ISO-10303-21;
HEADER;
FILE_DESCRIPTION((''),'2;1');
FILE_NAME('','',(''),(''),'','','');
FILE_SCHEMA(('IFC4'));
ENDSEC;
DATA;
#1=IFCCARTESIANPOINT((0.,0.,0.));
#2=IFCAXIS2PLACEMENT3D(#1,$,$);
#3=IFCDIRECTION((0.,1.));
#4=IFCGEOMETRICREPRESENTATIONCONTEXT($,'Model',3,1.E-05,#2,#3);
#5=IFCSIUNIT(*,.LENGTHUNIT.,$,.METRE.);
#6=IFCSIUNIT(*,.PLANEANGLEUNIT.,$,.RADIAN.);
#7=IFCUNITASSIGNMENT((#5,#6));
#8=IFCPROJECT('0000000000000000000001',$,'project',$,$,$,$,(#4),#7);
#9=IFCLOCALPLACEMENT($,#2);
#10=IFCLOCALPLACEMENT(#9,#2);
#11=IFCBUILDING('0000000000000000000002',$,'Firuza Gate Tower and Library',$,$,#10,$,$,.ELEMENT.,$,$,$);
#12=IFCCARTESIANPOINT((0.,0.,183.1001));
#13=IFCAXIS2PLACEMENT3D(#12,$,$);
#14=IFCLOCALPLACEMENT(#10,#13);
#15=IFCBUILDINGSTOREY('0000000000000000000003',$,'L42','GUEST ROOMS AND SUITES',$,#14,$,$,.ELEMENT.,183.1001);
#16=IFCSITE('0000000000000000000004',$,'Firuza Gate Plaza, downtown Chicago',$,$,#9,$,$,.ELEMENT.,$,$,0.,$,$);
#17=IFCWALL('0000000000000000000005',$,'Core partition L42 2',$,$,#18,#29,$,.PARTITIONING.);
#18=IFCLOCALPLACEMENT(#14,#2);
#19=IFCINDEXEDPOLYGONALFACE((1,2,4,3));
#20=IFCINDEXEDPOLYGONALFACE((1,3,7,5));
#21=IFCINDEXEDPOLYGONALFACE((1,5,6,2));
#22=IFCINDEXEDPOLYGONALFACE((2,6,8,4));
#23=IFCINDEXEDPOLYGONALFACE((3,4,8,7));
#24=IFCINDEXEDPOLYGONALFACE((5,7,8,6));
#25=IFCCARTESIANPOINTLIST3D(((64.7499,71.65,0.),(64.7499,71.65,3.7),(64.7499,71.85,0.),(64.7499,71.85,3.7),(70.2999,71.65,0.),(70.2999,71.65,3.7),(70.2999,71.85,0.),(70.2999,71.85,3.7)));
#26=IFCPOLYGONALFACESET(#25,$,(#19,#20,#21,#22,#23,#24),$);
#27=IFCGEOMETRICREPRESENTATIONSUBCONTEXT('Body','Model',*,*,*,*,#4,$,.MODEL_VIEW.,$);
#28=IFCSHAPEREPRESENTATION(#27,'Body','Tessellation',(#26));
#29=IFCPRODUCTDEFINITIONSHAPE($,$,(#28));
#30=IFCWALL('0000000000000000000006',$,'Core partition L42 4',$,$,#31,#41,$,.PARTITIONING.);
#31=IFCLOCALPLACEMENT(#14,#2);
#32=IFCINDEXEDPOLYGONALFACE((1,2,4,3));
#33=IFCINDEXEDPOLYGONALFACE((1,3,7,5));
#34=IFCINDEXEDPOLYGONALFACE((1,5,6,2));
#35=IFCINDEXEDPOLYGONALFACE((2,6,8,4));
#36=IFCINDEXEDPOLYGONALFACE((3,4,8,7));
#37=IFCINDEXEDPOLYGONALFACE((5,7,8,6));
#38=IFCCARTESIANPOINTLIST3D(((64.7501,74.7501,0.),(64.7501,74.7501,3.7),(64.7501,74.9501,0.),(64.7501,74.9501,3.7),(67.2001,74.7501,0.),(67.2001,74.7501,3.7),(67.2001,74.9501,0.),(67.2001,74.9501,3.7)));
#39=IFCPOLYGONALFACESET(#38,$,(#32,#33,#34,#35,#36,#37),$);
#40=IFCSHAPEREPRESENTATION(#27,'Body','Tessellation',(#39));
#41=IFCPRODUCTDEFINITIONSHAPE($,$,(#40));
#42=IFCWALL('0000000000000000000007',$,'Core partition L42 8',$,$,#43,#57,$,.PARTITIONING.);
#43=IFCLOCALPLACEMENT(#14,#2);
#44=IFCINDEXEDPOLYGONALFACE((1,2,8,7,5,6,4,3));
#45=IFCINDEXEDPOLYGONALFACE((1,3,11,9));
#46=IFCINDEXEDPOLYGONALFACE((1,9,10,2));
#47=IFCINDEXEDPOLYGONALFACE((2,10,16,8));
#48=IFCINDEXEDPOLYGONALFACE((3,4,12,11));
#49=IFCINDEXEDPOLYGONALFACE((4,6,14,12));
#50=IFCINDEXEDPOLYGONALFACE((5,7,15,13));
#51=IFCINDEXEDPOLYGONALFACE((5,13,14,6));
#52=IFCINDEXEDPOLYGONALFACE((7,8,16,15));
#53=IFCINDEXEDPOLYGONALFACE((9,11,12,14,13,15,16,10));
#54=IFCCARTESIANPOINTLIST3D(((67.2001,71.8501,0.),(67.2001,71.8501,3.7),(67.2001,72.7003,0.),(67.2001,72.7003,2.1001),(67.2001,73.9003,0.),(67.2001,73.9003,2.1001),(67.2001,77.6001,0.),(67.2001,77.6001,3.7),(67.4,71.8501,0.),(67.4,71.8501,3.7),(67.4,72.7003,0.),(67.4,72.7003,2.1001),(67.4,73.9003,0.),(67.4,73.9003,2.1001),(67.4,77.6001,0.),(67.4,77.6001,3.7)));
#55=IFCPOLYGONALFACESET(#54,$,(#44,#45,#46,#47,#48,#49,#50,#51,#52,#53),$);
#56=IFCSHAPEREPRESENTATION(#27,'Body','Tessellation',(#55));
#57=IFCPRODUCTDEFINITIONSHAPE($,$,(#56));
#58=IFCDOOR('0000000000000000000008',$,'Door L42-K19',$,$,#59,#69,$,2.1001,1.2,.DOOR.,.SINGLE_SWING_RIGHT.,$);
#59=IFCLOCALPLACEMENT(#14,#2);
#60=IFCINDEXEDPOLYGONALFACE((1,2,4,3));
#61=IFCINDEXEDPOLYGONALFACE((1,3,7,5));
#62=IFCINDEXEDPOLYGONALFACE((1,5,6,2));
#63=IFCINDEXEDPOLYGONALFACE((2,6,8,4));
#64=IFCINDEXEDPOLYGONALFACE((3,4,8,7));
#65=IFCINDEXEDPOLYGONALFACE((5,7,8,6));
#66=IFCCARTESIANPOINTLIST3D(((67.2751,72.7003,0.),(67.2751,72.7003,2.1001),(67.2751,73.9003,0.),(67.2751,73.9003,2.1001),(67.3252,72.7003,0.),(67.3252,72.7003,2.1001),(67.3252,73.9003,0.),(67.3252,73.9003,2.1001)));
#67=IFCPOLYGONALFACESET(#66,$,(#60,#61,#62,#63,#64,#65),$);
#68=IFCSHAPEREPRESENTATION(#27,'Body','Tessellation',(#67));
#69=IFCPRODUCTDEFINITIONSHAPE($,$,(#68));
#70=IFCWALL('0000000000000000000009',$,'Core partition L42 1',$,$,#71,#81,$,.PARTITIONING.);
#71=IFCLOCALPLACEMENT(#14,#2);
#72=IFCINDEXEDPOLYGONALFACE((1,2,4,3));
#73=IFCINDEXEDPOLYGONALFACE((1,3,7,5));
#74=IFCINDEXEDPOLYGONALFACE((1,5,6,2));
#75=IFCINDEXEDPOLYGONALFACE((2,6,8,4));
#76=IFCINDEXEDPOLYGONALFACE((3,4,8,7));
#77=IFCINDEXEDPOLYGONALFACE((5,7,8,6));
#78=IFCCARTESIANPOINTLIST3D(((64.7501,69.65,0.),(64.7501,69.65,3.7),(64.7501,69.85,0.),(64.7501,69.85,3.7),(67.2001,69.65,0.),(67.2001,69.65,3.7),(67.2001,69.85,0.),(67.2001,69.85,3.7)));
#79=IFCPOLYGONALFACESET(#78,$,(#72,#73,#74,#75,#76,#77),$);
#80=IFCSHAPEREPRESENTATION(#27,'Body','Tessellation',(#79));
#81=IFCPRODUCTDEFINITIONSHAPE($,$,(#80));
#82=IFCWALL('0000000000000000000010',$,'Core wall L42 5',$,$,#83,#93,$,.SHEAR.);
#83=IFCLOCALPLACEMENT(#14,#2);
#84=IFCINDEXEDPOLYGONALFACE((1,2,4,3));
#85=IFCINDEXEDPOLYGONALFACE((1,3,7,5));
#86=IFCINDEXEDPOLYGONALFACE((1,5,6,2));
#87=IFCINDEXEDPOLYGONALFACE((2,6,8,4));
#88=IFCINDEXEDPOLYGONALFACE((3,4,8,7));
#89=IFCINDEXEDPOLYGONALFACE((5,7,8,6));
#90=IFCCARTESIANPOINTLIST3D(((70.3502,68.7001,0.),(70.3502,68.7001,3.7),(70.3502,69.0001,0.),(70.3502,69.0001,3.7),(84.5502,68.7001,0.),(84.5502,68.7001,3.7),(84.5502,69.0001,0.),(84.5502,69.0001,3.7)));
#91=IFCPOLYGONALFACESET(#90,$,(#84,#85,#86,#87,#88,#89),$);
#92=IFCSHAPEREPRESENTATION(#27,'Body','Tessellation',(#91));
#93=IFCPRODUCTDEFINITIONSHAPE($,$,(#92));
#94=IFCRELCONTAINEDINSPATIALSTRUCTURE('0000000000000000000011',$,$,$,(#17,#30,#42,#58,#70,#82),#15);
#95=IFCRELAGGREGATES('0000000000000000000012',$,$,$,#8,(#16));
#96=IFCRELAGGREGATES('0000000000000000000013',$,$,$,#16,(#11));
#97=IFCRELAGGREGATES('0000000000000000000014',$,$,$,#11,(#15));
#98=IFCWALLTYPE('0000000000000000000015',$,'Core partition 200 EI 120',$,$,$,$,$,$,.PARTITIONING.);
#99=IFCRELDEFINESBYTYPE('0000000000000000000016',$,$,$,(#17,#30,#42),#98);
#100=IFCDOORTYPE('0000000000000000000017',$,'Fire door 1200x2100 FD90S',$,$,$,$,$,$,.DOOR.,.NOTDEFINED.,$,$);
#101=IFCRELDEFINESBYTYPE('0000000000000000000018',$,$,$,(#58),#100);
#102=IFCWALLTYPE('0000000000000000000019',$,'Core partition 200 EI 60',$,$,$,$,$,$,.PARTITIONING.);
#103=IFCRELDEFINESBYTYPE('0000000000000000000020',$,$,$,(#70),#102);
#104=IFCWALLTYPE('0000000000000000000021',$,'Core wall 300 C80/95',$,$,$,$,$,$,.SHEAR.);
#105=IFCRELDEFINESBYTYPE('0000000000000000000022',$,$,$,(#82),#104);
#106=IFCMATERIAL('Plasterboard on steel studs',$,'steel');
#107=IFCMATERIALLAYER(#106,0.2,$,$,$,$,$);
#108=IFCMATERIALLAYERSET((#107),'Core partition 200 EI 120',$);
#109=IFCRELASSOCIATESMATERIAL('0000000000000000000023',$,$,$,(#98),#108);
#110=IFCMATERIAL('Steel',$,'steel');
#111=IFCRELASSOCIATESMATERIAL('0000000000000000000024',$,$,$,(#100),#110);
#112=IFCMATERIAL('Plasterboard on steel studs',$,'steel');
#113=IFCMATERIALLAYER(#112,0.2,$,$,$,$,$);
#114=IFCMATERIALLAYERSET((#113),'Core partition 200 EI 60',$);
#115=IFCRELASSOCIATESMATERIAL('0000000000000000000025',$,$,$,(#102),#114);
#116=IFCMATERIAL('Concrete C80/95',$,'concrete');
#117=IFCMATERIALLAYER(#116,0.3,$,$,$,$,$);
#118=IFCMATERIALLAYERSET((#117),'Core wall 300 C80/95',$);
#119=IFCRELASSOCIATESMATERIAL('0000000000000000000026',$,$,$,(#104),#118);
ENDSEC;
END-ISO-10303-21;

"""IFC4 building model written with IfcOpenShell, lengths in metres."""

from ifc_helpers import new_model, si_unit, direction, frame, frame_2d, origin, place, context, subcontext, project, spatial, rectangle, extrude, material, layer, layer_set, type_object, element, fill, save


model = new_model("IFC4")

# Units and contexts
model_context = context("Model", 3, precision=1e-05, world=origin(), true_north=direction((0.0, 1.0)))
body_context = subcontext(model_context, "Body", "Model", "MODEL_VIEW")
ifc_project = project(units=[si_unit("LENGTHUNIT", "METRE"), si_unit("PLANEANGLEUNIT", "RADIAN")], contexts=[model_context])

# Site, building, storey
site_placement = place(None, origin())
site = spatial("IfcSite", under=ifc_project, at=site_placement, Name="Firuza Gate Plaza, downtown Chicago", CompositionType="ELEMENT", RefElevation=0.0)
building_placement = place(site_placement, origin())
building = spatial("IfcBuilding", under=site, at=building_placement, Name="Firuza Gate Tower and Library", CompositionType="ELEMENT")
storey_placement = place(building_placement, frame((0.0, 0.0, 183.1001)))
storey = spatial("IfcBuildingStorey", under=building, at=storey_placement, Name="L42", Description="GUEST ROOMS AND SUITES", CompositionType="ELEMENT", Elevation=183.1001)

# Walls
ifc_material_1 = material(Name="Plasterboard on steel studs", Category="steel")
ifc_layer_1 = layer(ifc_material_1, 0.2)
ifc_layer_set_1 = layer_set([ifc_layer_1], Name="Core partition 200 EI 120")
wall_type_1 = type_object("IfcWallType", Name="Core partition 200 EI 120", PredefinedType="PARTITIONING", material=ifc_layer_set_1)
wall_1_placement = place(storey_placement, frame((64.75, 71.75, 0.0), z_axis=(0.0, 0.0, 1.0), x_axis=(1.0, 0.0, 0.0)))
element("IfcWall", 1, at=wall_1_placement, inside=storey, type_object=wall_type_1, Name="Core partition L42 2", PredefinedType="PARTITIONING", context=body_context, shape_type="SweptSolid", body=[
    extrude(rectangle(XDim=5.55, YDim=0.2, at=frame_2d((2.7749, 0.0))), origin(), (0.0, 0.0, 1.0), 3.7),
])
wall_2_placement = place(storey_placement, frame((64.75, 74.8501, 0.0), z_axis=(0.0, 0.0, 1.0), x_axis=(1.0, 0.0, 0.0)))
element("IfcWall", 2, at=wall_2_placement, inside=storey, type_object=wall_type_1, Name="Core partition L42 4", PredefinedType="PARTITIONING", context=body_context, shape_type="SweptSolid", body=[
    extrude(rectangle(XDim=2.45, YDim=0.2, at=frame_2d((1.2251, 0.0))), origin(), (0.0, 0.0, 1.0), 3.7),
])

# Wall, opening, door
wall_3_placement = place(storey_placement, frame((67.3, 71.8501, 0.0), z_axis=(0.0, 0.0, 1.0), x_axis=(0.0, 1.0, 0.0)))
wall_3 = element("IfcWall", 3, at=wall_3_placement, inside=storey, type_object=wall_type_1, Name="Core partition L42 8", PredefinedType="PARTITIONING", context=body_context, shape_type="SweptSolid", body=[
    extrude(rectangle(XDim=5.75, YDim=0.2, at=frame_2d((2.875, 0.0))), origin(), (0.0, 0.0, 1.0), 3.7),
])
opening_1_placement = place(wall_3_placement, frame((0.8501, 0.0, 0.0)))
opening_1 = element("IfcOpeningElement", 4, at=opening_1_placement, cuts=wall_3, PredefinedType="OPENING", context=body_context, shape_type="SweptSolid", body=[
    extrude(rectangle(XDim=1.2, YDim=2.1001, at=frame_2d((0.6001, 1.05))), frame((0.0, 0.1099, 0.0), z_axis=(0.0, -1.0, 0.0), x_axis=(1.0, 0.0, 0.0)), (0.0, 0.0, 1.0), 0.22),
])
ifc_material_2 = material(Name="Steel", Category="steel")
door_type_1 = type_object("IfcDoorType", Name="Fire door 1200x2100 FD90S", OperationType="NOTDEFINED", PredefinedType="DOOR", material=ifc_material_2)
door_1_placement = place(opening_1_placement, origin())
door_1 = element("IfcDoor", 5, at=door_1_placement, inside=storey, type_object=door_type_1, Name="Door L42-K19", OperationType="SINGLE_SWING_RIGHT", OverallHeight=2.1001, OverallWidth=1.2, PredefinedType="DOOR", context=body_context, shape_type="SweptSolid", body=[
    extrude(rectangle(XDim=1.2, YDim=2.1001, at=frame_2d((0.6001, 1.05))), frame((0.0, 0.0249, 0.0), z_axis=(0.0, -1.0, 0.0), x_axis=(1.0, 0.0, 0.0)), (0.0, 0.0, 1.0), 0.05),
])
fill(opening_1, door_1)

# Walls
ifc_material_3 = material(Name="Plasterboard on steel studs", Category="steel")
ifc_layer_2 = layer(ifc_material_3, 0.2)
ifc_layer_set_2 = layer_set([ifc_layer_2], Name="Core partition 200 EI 60")
wall_type_2 = type_object("IfcWallType", Name="Core partition 200 EI 60", PredefinedType="PARTITIONING", material=ifc_layer_set_2)
wall_4_placement = place(storey_placement, frame((64.75, 69.75, 0.0), z_axis=(0.0, 0.0, 1.0), x_axis=(1.0, 0.0, 0.0)))
element("IfcWall", 6, at=wall_4_placement, inside=storey, type_object=wall_type_2, Name="Core partition L42 1", PredefinedType="PARTITIONING", context=body_context, shape_type="SweptSolid", body=[
    extrude(rectangle(XDim=2.45, YDim=0.2, at=frame_2d((1.2251, 0.0))), origin(), (0.0, 0.0, 1.0), 3.7),
])
ifc_material_4 = material(Name="Concrete C80/95", Category="concrete")
ifc_layer_3 = layer(ifc_material_4, 0.3)
ifc_layer_set_3 = layer_set([ifc_layer_3], Name="Core wall 300 C80/95")
wall_type_3 = type_object("IfcWallType", Name="Core wall 300 C80/95", PredefinedType="SHEAR", material=ifc_layer_set_3)
wall_5_placement = place(storey_placement, frame((70.3501, 68.8501, 0.0), z_axis=(0.0, 0.0, 1.0), x_axis=(1.0, 0.0, 0.0)))
element("IfcWall", 7, at=wall_5_placement, inside=storey, type_object=wall_type_3, Name="Core wall L42 5", PredefinedType="SHEAR", context=body_context, shape_type="SweptSolid", body=[
    extrude(rectangle(XDim=14.2, YDim=0.3, at=frame_2d((7.1001, 0.0))), origin(), (0.0, 0.0, 1.0), 3.7),
])

save(model, "model.ifc")
